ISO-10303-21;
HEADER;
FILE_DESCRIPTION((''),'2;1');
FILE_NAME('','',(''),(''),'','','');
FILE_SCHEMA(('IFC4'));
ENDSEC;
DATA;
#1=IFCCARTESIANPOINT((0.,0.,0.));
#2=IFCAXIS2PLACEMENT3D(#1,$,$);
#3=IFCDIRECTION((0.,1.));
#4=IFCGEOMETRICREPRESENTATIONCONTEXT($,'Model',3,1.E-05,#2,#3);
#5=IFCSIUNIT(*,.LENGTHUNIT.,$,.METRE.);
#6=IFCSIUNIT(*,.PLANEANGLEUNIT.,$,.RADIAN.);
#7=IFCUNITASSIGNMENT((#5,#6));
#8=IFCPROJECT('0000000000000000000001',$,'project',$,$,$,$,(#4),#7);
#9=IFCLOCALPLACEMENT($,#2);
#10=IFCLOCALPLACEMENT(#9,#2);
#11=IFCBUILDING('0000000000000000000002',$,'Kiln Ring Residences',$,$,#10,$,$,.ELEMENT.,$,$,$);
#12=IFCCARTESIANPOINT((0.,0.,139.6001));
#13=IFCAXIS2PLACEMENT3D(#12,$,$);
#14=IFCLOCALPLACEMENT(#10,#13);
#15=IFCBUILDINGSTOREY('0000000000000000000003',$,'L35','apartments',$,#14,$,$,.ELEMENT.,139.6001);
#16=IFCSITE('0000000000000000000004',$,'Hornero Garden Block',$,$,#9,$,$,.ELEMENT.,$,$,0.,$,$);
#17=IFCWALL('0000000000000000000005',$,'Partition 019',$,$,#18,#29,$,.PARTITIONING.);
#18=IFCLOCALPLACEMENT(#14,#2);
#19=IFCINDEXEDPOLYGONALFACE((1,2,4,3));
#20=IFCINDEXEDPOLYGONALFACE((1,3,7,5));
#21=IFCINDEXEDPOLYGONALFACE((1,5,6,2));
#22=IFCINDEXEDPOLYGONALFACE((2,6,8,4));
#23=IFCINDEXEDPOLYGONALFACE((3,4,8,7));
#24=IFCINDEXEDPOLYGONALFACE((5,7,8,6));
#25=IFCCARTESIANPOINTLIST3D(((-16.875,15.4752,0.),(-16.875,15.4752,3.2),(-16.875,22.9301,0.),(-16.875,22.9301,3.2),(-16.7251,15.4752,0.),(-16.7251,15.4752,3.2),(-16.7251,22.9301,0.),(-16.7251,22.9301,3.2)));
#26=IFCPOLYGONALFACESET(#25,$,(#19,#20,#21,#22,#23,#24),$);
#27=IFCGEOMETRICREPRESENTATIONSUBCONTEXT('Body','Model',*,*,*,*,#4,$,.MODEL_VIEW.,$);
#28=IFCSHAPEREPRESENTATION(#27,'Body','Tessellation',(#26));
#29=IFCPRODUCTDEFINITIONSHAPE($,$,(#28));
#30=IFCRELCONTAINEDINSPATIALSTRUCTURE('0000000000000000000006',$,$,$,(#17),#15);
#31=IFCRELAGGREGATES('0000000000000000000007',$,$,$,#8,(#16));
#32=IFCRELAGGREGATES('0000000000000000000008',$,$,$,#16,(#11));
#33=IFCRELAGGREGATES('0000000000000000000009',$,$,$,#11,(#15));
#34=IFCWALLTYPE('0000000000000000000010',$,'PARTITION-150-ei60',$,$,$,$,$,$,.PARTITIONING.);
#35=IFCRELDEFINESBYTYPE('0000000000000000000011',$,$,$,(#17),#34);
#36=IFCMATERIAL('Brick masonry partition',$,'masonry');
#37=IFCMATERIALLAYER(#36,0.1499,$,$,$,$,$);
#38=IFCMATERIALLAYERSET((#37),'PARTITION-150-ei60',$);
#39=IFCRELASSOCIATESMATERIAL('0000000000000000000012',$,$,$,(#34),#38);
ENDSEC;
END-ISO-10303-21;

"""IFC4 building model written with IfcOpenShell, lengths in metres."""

from ifc_helpers import new_model, si_unit, direction, frame, frame_2d, origin, place, context, subcontext, project, spatial, rectangle, extrude, material, layer, layer_set, type_object, element, save


model = new_model("IFC4")

# Units and contexts
model_context = context("Model", 3, precision=1e-05, world=origin(), true_north=direction((0.0, 1.0)))
body_context = subcontext(model_context, "Body", "Model", "MODEL_VIEW")
ifc_project = project(units=[si_unit("LENGTHUNIT", "METRE"), si_unit("PLANEANGLEUNIT", "RADIAN")], contexts=[model_context])

# Site, building, storey
site_placement = place(None, origin())
site = spatial("IfcSite", under=ifc_project, at=site_placement, Name="Hornero Garden Block", CompositionType="ELEMENT", RefElevation=0.0)
building_placement = place(site_placement, origin())
building = spatial("IfcBuilding", under=site, at=building_placement, Name="Kiln Ring Residences", CompositionType="ELEMENT")
storey_placement = place(building_placement, frame((0.0, 0.0, 139.6001)))
storey = spatial("IfcBuildingStorey", under=building, at=storey_placement, Name="L35", Description="apartments", CompositionType="ELEMENT", Elevation=139.6001)

# Wall
ifc_material_1 = material(Name="Brick masonry partition", Category="masonry")
ifc_layer_1 = layer(ifc_material_1, 0.1499)
ifc_layer_set_1 = layer_set([ifc_layer_1], Name="PARTITION-150-ei60")
wall_type_1 = type_object("IfcWallType", Name="PARTITION-150-ei60", PredefinedType="PARTITIONING", material=ifc_layer_set_1)
wall_1_placement = place(storey_placement, frame((-16.8, 15.4751, 0.0), z_axis=(0.0, 0.0, 1.0), x_axis=(0.0, 1.0, 0.0)))
element("IfcWall", 1, at=wall_1_placement, inside=storey, type_object=wall_type_1, Name="Partition 019", PredefinedType="PARTITIONING", context=body_context, shape_type="SweptSolid", body=[
    extrude(rectangle(XDim=7.4548, YDim=0.1499, at=frame_2d((3.7275, 0.0))), origin(), (0.0, 0.0, 1.0), 3.2),
])

save(model, "model.ifc")
